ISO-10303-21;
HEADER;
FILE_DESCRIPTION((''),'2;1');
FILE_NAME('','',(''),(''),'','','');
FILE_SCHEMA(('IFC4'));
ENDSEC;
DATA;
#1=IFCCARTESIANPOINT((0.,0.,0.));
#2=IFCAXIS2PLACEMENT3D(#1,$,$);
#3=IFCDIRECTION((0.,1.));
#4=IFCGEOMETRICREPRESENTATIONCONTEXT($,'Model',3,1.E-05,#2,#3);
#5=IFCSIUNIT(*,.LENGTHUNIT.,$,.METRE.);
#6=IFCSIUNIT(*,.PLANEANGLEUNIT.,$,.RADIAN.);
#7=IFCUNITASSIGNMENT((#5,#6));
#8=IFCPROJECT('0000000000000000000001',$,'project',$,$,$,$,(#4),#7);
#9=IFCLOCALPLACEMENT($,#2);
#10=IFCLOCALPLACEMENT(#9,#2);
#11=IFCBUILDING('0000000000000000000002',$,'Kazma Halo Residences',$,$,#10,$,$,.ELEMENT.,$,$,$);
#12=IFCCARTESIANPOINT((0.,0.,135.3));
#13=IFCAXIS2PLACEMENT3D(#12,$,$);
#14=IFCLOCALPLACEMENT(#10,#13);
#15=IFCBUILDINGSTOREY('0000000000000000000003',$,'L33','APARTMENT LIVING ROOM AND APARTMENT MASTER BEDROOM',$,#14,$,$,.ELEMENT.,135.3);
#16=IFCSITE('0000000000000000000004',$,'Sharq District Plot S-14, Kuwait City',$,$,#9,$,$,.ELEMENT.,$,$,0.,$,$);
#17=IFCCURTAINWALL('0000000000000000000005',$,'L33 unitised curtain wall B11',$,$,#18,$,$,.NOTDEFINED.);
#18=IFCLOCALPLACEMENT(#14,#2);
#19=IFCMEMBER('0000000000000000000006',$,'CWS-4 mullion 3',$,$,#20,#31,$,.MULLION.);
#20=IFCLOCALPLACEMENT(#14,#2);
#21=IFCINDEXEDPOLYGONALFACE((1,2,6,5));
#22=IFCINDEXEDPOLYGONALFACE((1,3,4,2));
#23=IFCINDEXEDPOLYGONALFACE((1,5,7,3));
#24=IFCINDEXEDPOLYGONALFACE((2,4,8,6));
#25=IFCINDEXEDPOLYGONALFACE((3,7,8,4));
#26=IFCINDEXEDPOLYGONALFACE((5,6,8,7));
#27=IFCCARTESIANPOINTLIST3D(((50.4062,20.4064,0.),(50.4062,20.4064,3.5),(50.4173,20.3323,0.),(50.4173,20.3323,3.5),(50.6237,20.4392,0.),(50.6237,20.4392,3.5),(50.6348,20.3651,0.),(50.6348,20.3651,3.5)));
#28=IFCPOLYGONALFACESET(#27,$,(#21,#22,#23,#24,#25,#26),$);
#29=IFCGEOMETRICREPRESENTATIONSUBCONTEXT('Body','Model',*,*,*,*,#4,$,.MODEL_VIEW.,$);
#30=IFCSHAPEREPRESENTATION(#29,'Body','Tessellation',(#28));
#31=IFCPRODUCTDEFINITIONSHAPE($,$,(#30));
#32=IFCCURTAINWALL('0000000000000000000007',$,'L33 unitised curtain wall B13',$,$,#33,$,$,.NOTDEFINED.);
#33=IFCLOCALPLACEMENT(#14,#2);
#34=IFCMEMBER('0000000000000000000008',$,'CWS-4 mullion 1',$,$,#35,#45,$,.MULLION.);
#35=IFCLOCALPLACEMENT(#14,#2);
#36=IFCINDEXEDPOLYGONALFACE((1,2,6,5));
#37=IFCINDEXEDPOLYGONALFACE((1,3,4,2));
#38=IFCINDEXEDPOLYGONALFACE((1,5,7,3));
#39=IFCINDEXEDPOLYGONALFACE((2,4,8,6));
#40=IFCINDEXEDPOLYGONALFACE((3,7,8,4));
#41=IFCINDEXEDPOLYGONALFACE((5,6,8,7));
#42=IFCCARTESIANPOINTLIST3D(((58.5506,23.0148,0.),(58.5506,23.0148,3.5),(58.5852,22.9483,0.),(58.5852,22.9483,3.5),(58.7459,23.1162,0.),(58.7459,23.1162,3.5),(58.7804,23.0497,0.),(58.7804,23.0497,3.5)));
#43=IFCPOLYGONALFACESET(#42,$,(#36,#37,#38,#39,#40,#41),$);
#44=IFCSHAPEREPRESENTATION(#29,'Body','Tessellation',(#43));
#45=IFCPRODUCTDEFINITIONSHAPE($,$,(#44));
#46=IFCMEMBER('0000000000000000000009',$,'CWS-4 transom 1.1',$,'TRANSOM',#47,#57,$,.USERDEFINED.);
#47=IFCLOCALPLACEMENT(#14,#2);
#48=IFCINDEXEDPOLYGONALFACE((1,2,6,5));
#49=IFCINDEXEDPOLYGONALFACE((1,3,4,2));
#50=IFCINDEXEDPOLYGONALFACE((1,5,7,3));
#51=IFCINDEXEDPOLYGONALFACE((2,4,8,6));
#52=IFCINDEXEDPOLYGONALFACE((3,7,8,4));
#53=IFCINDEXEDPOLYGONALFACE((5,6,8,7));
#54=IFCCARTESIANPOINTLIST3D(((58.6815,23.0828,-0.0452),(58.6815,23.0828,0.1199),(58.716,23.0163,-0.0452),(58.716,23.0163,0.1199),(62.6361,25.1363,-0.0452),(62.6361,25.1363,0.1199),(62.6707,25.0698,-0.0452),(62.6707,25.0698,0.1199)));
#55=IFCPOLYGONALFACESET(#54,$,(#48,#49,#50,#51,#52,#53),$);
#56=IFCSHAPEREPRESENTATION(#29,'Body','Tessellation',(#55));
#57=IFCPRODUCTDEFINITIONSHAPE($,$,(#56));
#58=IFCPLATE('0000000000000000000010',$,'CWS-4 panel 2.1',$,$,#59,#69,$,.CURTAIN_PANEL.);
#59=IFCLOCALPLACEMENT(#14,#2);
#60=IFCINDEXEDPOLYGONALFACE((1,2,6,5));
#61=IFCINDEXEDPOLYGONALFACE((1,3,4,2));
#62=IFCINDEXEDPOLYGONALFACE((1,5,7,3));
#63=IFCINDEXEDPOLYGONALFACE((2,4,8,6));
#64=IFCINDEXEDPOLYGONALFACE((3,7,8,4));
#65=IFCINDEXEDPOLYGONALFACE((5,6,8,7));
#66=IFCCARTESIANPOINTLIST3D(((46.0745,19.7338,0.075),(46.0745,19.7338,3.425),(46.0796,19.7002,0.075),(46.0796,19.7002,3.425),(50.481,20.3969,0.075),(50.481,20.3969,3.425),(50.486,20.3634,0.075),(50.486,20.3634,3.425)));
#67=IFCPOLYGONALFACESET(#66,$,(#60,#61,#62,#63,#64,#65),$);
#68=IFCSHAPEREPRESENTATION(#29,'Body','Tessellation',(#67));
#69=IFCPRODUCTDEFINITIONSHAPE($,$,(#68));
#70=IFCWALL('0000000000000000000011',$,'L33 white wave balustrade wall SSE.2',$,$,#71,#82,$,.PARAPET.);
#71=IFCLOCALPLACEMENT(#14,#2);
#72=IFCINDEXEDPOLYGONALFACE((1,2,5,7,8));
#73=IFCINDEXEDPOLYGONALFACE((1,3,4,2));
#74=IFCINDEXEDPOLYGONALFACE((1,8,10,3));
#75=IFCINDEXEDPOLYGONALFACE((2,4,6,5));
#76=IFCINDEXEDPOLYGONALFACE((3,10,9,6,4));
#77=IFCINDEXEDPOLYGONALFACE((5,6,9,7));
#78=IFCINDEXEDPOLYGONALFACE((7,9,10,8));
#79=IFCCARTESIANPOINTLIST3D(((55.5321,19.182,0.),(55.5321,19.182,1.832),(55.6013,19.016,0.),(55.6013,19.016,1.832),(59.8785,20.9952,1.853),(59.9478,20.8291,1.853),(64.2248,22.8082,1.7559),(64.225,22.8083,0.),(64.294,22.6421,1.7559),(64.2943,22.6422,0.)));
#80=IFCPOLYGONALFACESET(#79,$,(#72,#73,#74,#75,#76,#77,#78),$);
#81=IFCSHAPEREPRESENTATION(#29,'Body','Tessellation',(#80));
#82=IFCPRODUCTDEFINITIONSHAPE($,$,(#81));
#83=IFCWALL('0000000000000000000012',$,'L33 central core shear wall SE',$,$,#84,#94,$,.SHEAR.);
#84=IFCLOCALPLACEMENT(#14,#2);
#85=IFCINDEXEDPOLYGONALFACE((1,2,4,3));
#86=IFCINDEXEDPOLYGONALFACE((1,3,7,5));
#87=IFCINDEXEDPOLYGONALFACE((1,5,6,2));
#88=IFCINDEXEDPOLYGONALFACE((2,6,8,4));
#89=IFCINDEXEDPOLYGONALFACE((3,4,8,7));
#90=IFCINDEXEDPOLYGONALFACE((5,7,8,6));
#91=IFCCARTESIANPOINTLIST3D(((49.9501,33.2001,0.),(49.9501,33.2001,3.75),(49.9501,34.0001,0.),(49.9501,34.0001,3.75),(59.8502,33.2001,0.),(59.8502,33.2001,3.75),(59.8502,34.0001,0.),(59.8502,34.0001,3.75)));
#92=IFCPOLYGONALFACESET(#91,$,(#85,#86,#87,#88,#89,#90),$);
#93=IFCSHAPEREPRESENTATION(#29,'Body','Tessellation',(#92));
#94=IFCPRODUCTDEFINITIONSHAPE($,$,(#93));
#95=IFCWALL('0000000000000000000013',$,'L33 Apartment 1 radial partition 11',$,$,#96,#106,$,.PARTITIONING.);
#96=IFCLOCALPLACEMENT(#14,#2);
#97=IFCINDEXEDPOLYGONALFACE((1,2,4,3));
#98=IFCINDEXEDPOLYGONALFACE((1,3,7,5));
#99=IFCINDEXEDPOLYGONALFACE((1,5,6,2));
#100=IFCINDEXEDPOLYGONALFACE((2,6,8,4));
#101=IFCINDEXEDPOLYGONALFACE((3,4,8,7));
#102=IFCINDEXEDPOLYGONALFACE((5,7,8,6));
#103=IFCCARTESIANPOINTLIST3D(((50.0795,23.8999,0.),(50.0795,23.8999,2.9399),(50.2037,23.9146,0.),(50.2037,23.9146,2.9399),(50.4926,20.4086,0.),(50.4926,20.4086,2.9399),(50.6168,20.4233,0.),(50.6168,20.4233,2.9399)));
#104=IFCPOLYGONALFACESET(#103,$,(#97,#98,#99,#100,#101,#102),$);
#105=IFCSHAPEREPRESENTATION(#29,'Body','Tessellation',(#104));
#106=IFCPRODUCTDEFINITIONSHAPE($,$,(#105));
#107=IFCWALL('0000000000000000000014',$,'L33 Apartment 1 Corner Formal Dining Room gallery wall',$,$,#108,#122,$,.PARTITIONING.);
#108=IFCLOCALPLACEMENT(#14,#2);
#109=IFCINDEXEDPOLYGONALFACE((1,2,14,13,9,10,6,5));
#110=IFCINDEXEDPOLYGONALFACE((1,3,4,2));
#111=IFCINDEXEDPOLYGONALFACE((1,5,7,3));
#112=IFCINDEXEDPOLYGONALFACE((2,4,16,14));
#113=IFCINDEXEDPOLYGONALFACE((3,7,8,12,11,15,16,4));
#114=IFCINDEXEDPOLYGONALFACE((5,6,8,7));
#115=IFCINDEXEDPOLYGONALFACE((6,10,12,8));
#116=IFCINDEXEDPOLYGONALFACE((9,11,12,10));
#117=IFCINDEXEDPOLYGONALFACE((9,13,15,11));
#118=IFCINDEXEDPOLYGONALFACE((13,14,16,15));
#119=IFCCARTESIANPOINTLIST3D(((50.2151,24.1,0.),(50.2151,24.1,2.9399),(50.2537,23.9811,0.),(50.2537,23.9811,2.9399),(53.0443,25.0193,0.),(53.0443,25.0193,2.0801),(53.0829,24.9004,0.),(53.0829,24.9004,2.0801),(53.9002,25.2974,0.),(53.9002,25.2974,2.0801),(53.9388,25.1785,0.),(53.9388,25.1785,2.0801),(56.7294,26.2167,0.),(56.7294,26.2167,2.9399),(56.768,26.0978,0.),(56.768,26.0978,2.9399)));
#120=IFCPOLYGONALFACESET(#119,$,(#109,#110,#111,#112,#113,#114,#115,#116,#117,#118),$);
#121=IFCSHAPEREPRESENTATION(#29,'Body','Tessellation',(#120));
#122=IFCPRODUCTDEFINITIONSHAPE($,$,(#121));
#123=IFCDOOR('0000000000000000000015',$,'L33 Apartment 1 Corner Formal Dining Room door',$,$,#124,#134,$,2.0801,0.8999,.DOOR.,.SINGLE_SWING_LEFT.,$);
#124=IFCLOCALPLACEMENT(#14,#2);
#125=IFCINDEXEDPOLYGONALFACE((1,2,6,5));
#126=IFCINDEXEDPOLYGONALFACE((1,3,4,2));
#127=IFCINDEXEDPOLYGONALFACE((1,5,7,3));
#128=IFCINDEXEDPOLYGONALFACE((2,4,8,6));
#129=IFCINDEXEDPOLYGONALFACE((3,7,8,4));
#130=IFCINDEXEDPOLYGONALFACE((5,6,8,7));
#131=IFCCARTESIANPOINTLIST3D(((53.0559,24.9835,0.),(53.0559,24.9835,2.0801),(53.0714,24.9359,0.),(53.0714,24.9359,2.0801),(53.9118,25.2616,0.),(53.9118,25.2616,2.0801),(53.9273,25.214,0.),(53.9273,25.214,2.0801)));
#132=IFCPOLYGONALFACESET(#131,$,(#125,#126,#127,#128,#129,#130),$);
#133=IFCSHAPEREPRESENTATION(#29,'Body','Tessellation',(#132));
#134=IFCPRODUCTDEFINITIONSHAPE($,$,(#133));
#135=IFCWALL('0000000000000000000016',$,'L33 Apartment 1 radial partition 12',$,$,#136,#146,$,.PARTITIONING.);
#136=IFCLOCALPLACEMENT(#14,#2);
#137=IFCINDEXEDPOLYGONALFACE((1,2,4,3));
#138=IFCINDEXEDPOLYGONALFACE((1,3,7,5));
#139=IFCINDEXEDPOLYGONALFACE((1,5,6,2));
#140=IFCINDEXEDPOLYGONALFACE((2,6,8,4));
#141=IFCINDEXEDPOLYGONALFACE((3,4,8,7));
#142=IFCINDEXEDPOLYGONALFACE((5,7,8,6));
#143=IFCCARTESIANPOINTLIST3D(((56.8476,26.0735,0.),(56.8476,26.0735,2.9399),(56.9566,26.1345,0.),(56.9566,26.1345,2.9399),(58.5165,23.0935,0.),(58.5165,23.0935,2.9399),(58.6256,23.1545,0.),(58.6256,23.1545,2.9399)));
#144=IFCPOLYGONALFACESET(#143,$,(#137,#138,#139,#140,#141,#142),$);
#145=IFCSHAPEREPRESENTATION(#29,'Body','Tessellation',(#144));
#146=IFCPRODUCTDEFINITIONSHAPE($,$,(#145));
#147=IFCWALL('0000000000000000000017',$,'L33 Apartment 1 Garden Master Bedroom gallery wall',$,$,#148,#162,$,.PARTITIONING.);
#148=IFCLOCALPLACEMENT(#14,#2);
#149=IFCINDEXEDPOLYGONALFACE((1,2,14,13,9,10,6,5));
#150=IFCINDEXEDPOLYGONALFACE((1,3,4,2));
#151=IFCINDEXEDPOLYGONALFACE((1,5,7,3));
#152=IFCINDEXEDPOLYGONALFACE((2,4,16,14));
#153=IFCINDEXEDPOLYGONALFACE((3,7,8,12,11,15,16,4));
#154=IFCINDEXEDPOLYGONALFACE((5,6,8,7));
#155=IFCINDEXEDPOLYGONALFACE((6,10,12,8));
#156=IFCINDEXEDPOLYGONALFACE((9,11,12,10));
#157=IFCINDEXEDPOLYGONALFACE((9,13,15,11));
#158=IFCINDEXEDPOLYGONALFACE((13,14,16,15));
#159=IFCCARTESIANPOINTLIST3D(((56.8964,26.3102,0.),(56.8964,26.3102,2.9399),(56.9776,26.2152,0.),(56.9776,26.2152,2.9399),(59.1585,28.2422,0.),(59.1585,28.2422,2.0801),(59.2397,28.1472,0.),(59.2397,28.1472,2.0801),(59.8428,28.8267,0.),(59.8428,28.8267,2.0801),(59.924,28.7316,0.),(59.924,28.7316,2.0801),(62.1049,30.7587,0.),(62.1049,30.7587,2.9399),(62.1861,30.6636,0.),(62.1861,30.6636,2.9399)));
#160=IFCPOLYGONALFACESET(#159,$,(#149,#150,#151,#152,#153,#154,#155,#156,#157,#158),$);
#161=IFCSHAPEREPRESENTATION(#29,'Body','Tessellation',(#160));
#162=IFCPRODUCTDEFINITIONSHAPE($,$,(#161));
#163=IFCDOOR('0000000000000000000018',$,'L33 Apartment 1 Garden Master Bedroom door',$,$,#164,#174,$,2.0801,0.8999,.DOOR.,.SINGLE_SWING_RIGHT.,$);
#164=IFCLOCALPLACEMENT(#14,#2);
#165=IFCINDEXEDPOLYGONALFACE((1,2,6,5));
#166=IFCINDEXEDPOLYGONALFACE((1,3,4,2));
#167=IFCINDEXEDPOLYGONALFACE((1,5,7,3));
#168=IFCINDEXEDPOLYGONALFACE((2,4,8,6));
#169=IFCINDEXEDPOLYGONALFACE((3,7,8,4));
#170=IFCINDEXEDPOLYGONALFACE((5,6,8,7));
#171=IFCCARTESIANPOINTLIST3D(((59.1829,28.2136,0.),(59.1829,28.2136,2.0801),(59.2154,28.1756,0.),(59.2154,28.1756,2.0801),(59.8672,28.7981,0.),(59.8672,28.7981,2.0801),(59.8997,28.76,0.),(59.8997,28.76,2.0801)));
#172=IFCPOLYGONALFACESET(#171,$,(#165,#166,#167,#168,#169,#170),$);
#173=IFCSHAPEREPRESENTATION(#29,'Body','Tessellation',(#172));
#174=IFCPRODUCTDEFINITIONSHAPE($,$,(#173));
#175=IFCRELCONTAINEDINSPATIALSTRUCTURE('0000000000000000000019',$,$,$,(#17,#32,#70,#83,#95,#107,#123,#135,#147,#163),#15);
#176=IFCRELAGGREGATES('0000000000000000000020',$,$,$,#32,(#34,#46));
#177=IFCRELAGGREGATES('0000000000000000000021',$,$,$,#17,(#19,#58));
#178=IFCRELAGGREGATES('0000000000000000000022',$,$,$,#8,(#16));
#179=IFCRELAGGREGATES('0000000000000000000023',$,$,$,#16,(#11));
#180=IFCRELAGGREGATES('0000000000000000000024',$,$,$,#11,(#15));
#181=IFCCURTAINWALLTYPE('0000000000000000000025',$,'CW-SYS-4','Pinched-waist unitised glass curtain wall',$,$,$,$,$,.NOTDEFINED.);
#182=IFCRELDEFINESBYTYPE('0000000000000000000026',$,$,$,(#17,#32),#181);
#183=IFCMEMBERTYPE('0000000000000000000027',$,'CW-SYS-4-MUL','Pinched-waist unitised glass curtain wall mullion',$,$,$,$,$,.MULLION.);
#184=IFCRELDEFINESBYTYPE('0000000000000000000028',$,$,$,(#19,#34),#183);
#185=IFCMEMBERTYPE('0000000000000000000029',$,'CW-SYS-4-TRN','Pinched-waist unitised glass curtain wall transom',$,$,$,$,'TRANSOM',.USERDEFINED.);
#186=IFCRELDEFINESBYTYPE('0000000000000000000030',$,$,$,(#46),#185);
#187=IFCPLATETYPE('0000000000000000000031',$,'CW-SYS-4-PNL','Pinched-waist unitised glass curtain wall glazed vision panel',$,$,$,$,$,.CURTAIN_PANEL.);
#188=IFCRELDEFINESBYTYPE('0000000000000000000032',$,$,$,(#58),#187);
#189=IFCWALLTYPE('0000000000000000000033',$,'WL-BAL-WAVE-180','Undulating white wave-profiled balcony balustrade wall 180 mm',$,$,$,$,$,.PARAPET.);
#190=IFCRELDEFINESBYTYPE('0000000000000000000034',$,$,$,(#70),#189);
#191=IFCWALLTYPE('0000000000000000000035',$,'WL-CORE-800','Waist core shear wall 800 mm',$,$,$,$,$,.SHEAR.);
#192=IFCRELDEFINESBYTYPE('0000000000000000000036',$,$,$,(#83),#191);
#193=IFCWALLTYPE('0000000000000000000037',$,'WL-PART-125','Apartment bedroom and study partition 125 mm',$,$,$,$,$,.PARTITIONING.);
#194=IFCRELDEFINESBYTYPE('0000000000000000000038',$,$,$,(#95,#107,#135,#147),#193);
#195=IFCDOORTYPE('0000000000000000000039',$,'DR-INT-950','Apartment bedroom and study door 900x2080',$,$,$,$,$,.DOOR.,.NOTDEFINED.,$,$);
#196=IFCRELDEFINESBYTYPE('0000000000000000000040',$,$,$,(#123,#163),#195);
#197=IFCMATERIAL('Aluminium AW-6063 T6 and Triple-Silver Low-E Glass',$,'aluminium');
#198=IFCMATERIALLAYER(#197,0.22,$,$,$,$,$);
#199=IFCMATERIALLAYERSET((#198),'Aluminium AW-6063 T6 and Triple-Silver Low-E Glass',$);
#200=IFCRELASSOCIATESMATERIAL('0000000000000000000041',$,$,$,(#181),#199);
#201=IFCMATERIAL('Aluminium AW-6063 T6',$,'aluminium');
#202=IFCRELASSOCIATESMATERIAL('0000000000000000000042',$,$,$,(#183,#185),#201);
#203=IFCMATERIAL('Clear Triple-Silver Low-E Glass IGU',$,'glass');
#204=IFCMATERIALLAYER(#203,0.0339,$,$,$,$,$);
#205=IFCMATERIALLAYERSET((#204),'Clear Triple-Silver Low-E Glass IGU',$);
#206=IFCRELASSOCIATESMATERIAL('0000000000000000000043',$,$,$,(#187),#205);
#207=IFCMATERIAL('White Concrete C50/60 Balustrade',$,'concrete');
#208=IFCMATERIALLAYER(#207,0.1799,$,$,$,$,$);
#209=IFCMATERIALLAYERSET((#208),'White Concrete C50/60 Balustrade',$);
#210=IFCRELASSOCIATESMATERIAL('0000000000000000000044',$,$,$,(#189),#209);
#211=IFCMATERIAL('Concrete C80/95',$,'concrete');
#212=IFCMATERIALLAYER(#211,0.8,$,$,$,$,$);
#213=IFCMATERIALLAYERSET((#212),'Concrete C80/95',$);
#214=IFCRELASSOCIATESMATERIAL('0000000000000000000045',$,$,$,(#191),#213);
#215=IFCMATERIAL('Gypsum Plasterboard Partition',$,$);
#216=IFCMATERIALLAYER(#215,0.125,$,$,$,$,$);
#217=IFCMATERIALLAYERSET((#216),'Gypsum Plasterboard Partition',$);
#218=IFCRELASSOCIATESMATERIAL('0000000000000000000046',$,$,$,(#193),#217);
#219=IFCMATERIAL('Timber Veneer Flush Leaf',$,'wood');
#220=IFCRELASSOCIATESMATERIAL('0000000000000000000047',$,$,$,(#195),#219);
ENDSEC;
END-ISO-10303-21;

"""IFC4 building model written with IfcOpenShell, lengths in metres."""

from ifc_helpers import new_model, si_unit, direction, frame, frame_2d, origin, origin_2d, place, context, subcontext, project, spatial, polyline, rectangle, outline, extrude, material, layer, layer_set, material_profile, profile_set, type_object, element, fill, aggregate, save


model = new_model("IFC4")

# Units and contexts
model_context = context("Model", 3, precision=1e-05, world=origin(), true_north=direction((0.0, 1.0)))
body_context = subcontext(model_context, "Body", "Model", "MODEL_VIEW")
ifc_project = project(units=[si_unit("LENGTHUNIT", "METRE"), si_unit("PLANEANGLEUNIT", "RADIAN")], contexts=[model_context])

# Site, building, storey
site_placement = place(None, origin())
site = spatial("IfcSite", under=ifc_project, at=site_placement, Name="Sharq District Plot S-14, Kuwait City", CompositionType="ELEMENT", RefElevation=0.0)
building_placement = place(site_placement, origin())
building = spatial("IfcBuilding", under=site, at=building_placement, Name="Kazma Halo Residences", CompositionType="ELEMENT")
storey_placement = place(building_placement, frame((0.0, 0.0, 135.3)))
storey = spatial("IfcBuildingStorey", under=building, at=storey_placement, Name="L33", Description="APARTMENT LIVING ROOM AND APARTMENT MASTER BEDROOM", CompositionType="ELEMENT", Elevation=135.3)

# Shared definitions
ifc_material_1 = material(Name="Concrete C80/95", Category="concrete")

# Curtain wall, member
ifc_material_2 = material(Name="Aluminium AW-6063 T6 and Triple-Silver Low-E Glass", Category="aluminium")
ifc_layer_1 = layer(ifc_material_2, 0.22)
ifc_layer_set_1 = layer_set([ifc_layer_1], Name="Aluminium AW-6063 T6 and Triple-Silver Low-E Glass")
curtain_wall_type = type_object("IfcCurtainWallType", Name="CW-SYS-4", Description="Pinched-waist unitised glass curtain wall", PredefinedType="NOTDEFINED", material=ifc_layer_set_1)
curtain_wall_1_placement = place(storey_placement, origin())
curtain_wall_1 = element("IfcCurtainWall", 1, at=curtain_wall_1_placement, inside=storey, type_object=curtain_wall_type, Name="L33 unitised curtain wall B11", PredefinedType="NOTDEFINED")
ifc_material_3 = material(Name="Aluminium AW-6063 T6", Category="aluminium")
ifc_material_profile_1 = material_profile(ifc_material_3, rectangle(XDim=0.075, YDim=0.22, at=origin_2d()), Name="CWM-75x220")
ifc_profile_set_1 = profile_set([ifc_material_profile_1], Name="Aluminium AW-6063 T6")
member_type_1 = type_object("IfcMemberType", Name="CW-SYS-4-MUL", Description="Pinched-waist unitised glass curtain wall mullion", PredefinedType="MULLION", material=ifc_profile_set_1)
member_1_placement = place(storey_placement, frame((50.5205, 20.3857, 0.0), z_axis=(0.0, 0.0, 1.0), x_axis=(-0.148821, 0.988864, 0.0)))
member_1 = element("IfcMember", 2, at=member_1_placement, type_object=member_type_1, Name="CWS-4 mullion 3", PredefinedType="MULLION", context=body_context, shape_type="SweptSolid", body=[
    extrude(rectangle(XDim=0.075, YDim=0.22, at=origin_2d()), origin(), (0.0, 0.0, 1.0), 3.5),
])

# Curtain wall, members
curtain_wall_2_placement = place(storey_placement, origin())
curtain_wall_2 = element("IfcCurtainWall", 3, at=curtain_wall_2_placement, inside=storey, type_object=curtain_wall_type, Name="L33 unitised curtain wall B13", PredefinedType="NOTDEFINED")
member_2_placement = place(storey_placement, frame((58.6655, 23.0322, 0.0), z_axis=(0.0, 0.0, 1.0), x_axis=(-0.460837, 0.887485, 0.0)))
member_2 = element("IfcMember", 4, at=member_2_placement, type_object=member_type_1, Name="CWS-4 mullion 1", PredefinedType="MULLION", context=body_context, shape_type="SweptSolid", body=[
    extrude(rectangle(XDim=0.075, YDim=0.22, at=origin_2d()), origin(), (0.0, 0.0, 1.0), 3.5),
])
ifc_material_profile_2 = material_profile(ifc_material_3, rectangle(XDim=0.075, YDim=0.165, at=origin_2d()), Name="CWT-75x165")
ifc_profile_set_2 = profile_set([ifc_material_profile_2], Name="Aluminium AW-6063 T6")
member_type_2 = type_object("IfcMemberType", Name="CW-SYS-4-TRN", Description="Pinched-waist unitised glass curtain wall transom", ElementType="TRANSOM", PredefinedType="USERDEFINED", material=ifc_profile_set_2)
member_3_placement = place(storey_placement, frame((58.6987, 23.0496, 0.0374), z_axis=(0.887485, 0.460837, 0.0), x_axis=(-0.460837, 0.887485, 0.0)))
member_3 = element("IfcMember", 5, at=member_3_placement, type_object=member_type_2, Name="CWS-4 transom 1.1", ObjectType="TRANSOM", PredefinedType="USERDEFINED", context=body_context, shape_type="SweptSolid", body=[
    extrude(rectangle(XDim=0.075, YDim=0.165, at=origin_2d()), origin(), (0.0, 0.0, 1.0), 4.4561),
])
aggregate(curtain_wall_2, [member_2, member_3])

# Plate
ifc_material_4 = material(Name="Clear Triple-Silver Low-E Glass IGU", Category="glass")
ifc_layer_2 = layer(ifc_material_4, 0.0339)
ifc_layer_set_2 = layer_set([ifc_layer_2], Name="Clear Triple-Silver Low-E Glass IGU")
plate_type = type_object("IfcPlateType", Name="CW-SYS-4-PNL", Description="Pinched-waist unitised glass curtain wall glazed vision panel", PredefinedType="CURTAIN_PANEL", material=ifc_layer_set_2)
plate_placement = place(storey_placement, frame((48.2803, 20.0486, 0.075), z_axis=(0.0, 0.0, 1.0), x_axis=(0.988864, 0.148821, 0.0)))
plate = element("IfcPlate", 6, at=plate_placement, type_object=plate_type, Name="CWS-4 panel 2.1", PredefinedType="CURTAIN_PANEL", context=body_context, shape_type="SweptSolid", body=[
    extrude(rectangle(XDim=4.4561, YDim=0.0339, at=origin_2d()), origin(), (0.0, 0.0, 1.0), 3.3501),
])
aggregate(curtain_wall_1, [member_1, plate])

# Walls
ifc_material_5 = material(Name="White Concrete C50/60 Balustrade", Category="concrete")
ifc_layer_3 = layer(ifc_material_5, 0.1799)
ifc_layer_set_3 = layer_set([ifc_layer_3], Name="White Concrete C50/60 Balustrade")
wall_type_1 = type_object("IfcWallType", Name="WL-BAL-WAVE-180", Description="Undulating white wave-profiled balcony balustrade wall 180 mm", PredefinedType="PARAPET", material=ifc_layer_set_3)
wall_1_placement = place(storey_placement, frame((55.5667, 19.0991, 0.0), z_axis=(0.0, 0.0, 1.0), x_axis=(0.922919, 0.384994, 0.0)))
element("IfcWall", 7, at=wall_1_placement, inside=storey, type_object=wall_type_1, Name="L33 white wave balustrade wall SSE.2", PredefinedType="PARAPET", context=body_context, shape_type="SweptSolid", body=[
    extrude(outline(polyline([(0.0, 0.0), (9.4189, 0.0), (9.4187, 1.7559), (4.7095, 1.853), (0.0, 1.832), (0.0, 0.0)])), frame((0.0, 0.0898, 0.0), z_axis=(0.0, -1.0, 0.0), x_axis=(1.0, 0.0, 0.0)), (0.0, 0.0, 1.0), 0.1799),
])
ifc_layer_4 = layer(ifc_material_1, 0.8)
ifc_layer_set_4 = layer_set([ifc_layer_4], Name="Concrete C80/95")
wall_type_2 = type_object("IfcWallType", Name="WL-CORE-800", Description="Waist core shear wall 800 mm", PredefinedType="SHEAR", material=ifc_layer_set_4)
wall_2_placement = place(storey_placement, frame((49.95, 33.6001, 0.0), z_axis=(0.0, 0.0, 1.0), x_axis=(1.0, 0.0, 0.0)))
element("IfcWall", 8, at=wall_2_placement, inside=storey, type_object=wall_type_2, Name="L33 central core shear wall SE", PredefinedType="SHEAR", context=body_context, shape_type="SweptSolid", body=[
    extrude(rectangle(XDim=9.9001, YDim=0.8, at=frame_2d((4.9502, 0.0))), origin(), (0.0, 0.0, 1.0), 3.75),
])

# Wall
ifc_material_6 = material(Name="Gypsum Plasterboard Partition")
ifc_layer_5 = layer(ifc_material_6, 0.125)
ifc_layer_set_5 = layer_set([ifc_layer_5], Name="Gypsum Plasterboard Partition")
wall_type_3 = type_object("IfcWallType", Name="WL-PART-125", Description="Apartment bedroom and study partition 125 mm", PredefinedType="PARTITIONING", material=ifc_layer_set_5)
wall_3_placement = place(storey_placement, frame((50.1416, 23.9072, 0.0), z_axis=(0.0, 0.0, 1.0), x_axis=(0.117502, -0.993073, 0.0)))
element("IfcWall", 9, at=wall_3_placement, inside=storey, type_object=wall_type_3, Name="L33 Apartment 1 radial partition 11", PredefinedType="PARTITIONING", context=body_context, shape_type="SweptSolid", body=[
    extrude(rectangle(XDim=3.5156, YDim=0.125, at=frame_2d((1.7578, 0.0))), origin(), (0.0, 0.0, 1.0), 2.9399),
])

# Wall, opening, door
wall_4_placement = place(storey_placement, frame((50.2344, 24.0405, 0.0), z_axis=(0.0, 0.0, 1.0), x_axis=(0.951055, 0.309022, 0.0)))
wall_4 = element("IfcWall", 10, at=wall_4_placement, inside=storey, type_object=wall_type_3, Name="L33 Apartment 1 Corner Formal Dining Room gallery wall", PredefinedType="PARTITIONING", context=body_context, shape_type="SweptSolid", body=[
    extrude(rectangle(XDim=6.8496, YDim=0.125, at=frame_2d((3.4248, 0.0))), origin(), (0.0, 0.0, 1.0), 2.9399),
])
opening_1_placement = place(wall_4_placement, frame((2.9749, 0.0, 0.0)))
opening_1 = element("IfcOpeningElement", 11, at=opening_1_placement, cuts=wall_4, PredefinedType="OPENING", context=body_context, shape_type="SweptSolid", body=[
    extrude(rectangle(XDim=0.8999, YDim=2.0801, at=frame_2d((0.45, 1.04))), frame((0.0, 0.0725, 0.0), z_axis=(0.0, -1.0, 0.0), x_axis=(1.0, 0.0, 0.0)), (0.0, 0.0, 1.0), 0.145),
])
ifc_material_7 = material(Name="Timber Veneer Flush Leaf", Category="wood")
door_type_1 = type_object("IfcDoorType", Name="DR-INT-950", Description="Apartment bedroom and study door 900x2080", OperationType="NOTDEFINED", PredefinedType="DOOR", material=ifc_material_7)
door_1_placement = place(opening_1_placement, origin())
door_1 = element("IfcDoor", 12, at=door_1_placement, inside=storey, type_object=door_type_1, Name="L33 Apartment 1 Corner Formal Dining Room door", OperationType="SINGLE_SWING_LEFT", OverallHeight=2.0801, OverallWidth=0.8999, PredefinedType="DOOR", context=body_context, shape_type="SweptSolid", body=[
    extrude(rectangle(XDim=0.8999, YDim=2.0801, at=frame_2d((0.45, 1.04))), frame((0.0, 0.0249, 0.0), z_axis=(0.0, -1.0, 0.0), x_axis=(1.0, 0.0, 0.0)), (0.0, 0.0, 1.0), 0.05),
])
fill(opening_1, door_1)

# Wall
wall_5_placement = place(storey_placement, frame((56.9021, 26.104, 0.0), z_axis=(0.0, 0.0, 1.0), x_axis=(0.488638, -0.872487, 0.0)))
element("IfcWall", 13, at=wall_5_placement, inside=storey, type_object=wall_type_3, Name="L33 Apartment 1 radial partition 12", PredefinedType="PARTITIONING", context=body_context, shape_type="SweptSolid", body=[
    extrude(rectangle(XDim=3.4155, YDim=0.125, at=frame_2d((1.7078, 0.0))), origin(), (0.0, 0.0, 1.0), 2.9399),
])

# Wall, opening, door
wall_6_placement = place(storey_placement, frame((56.937, 26.2627, 0.0), z_axis=(0.0, 0.0, 1.0), x_axis=(0.760405, 0.649449, 0.0)))
wall_6 = element("IfcWall", 14, at=wall_6_placement, inside=storey, type_object=wall_type_3, Name="L33 Apartment 1 Garden Master Bedroom gallery wall", PredefinedType="PARTITIONING", context=body_context, shape_type="SweptSolid", body=[
    extrude(rectangle(XDim=6.8496, YDim=0.125, at=frame_2d((3.4248, 0.0))), origin(), (0.0, 0.0, 1.0), 2.9399),
])
opening_2_placement = place(wall_6_placement, frame((2.9749, 0.0, 0.0)))
opening_2 = element("IfcOpeningElement", 15, at=opening_2_placement, cuts=wall_6, PredefinedType="OPENING", context=body_context, shape_type="SweptSolid", body=[
    extrude(rectangle(XDim=0.8999, YDim=2.0801, at=frame_2d((0.45, 1.04))), frame((0.0, 0.0725, 0.0), z_axis=(0.0, -1.0, 0.0), x_axis=(1.0, 0.0, 0.0)), (0.0, 0.0, 1.0), 0.145),
])
door_2_placement = place(opening_2_placement, origin())
door_2 = element("IfcDoor", 16, at=door_2_placement, inside=storey, type_object=door_type_1, Name="L33 Apartment 1 Garden Master Bedroom door", OperationType="SINGLE_SWING_RIGHT", OverallHeight=2.0801, OverallWidth=0.8999, PredefinedType="DOOR", context=body_context, shape_type="SweptSolid", body=[
    extrude(rectangle(XDim=0.8999, YDim=2.0801, at=frame_2d((0.45, 1.04))), frame((0.0, 0.0249, 0.0), z_axis=(0.0, -1.0, 0.0), x_axis=(1.0, 0.0, 0.0)), (0.0, 0.0, 1.0), 0.05),
])
fill(opening_2, door_2)

save(model, "model.ifc")
